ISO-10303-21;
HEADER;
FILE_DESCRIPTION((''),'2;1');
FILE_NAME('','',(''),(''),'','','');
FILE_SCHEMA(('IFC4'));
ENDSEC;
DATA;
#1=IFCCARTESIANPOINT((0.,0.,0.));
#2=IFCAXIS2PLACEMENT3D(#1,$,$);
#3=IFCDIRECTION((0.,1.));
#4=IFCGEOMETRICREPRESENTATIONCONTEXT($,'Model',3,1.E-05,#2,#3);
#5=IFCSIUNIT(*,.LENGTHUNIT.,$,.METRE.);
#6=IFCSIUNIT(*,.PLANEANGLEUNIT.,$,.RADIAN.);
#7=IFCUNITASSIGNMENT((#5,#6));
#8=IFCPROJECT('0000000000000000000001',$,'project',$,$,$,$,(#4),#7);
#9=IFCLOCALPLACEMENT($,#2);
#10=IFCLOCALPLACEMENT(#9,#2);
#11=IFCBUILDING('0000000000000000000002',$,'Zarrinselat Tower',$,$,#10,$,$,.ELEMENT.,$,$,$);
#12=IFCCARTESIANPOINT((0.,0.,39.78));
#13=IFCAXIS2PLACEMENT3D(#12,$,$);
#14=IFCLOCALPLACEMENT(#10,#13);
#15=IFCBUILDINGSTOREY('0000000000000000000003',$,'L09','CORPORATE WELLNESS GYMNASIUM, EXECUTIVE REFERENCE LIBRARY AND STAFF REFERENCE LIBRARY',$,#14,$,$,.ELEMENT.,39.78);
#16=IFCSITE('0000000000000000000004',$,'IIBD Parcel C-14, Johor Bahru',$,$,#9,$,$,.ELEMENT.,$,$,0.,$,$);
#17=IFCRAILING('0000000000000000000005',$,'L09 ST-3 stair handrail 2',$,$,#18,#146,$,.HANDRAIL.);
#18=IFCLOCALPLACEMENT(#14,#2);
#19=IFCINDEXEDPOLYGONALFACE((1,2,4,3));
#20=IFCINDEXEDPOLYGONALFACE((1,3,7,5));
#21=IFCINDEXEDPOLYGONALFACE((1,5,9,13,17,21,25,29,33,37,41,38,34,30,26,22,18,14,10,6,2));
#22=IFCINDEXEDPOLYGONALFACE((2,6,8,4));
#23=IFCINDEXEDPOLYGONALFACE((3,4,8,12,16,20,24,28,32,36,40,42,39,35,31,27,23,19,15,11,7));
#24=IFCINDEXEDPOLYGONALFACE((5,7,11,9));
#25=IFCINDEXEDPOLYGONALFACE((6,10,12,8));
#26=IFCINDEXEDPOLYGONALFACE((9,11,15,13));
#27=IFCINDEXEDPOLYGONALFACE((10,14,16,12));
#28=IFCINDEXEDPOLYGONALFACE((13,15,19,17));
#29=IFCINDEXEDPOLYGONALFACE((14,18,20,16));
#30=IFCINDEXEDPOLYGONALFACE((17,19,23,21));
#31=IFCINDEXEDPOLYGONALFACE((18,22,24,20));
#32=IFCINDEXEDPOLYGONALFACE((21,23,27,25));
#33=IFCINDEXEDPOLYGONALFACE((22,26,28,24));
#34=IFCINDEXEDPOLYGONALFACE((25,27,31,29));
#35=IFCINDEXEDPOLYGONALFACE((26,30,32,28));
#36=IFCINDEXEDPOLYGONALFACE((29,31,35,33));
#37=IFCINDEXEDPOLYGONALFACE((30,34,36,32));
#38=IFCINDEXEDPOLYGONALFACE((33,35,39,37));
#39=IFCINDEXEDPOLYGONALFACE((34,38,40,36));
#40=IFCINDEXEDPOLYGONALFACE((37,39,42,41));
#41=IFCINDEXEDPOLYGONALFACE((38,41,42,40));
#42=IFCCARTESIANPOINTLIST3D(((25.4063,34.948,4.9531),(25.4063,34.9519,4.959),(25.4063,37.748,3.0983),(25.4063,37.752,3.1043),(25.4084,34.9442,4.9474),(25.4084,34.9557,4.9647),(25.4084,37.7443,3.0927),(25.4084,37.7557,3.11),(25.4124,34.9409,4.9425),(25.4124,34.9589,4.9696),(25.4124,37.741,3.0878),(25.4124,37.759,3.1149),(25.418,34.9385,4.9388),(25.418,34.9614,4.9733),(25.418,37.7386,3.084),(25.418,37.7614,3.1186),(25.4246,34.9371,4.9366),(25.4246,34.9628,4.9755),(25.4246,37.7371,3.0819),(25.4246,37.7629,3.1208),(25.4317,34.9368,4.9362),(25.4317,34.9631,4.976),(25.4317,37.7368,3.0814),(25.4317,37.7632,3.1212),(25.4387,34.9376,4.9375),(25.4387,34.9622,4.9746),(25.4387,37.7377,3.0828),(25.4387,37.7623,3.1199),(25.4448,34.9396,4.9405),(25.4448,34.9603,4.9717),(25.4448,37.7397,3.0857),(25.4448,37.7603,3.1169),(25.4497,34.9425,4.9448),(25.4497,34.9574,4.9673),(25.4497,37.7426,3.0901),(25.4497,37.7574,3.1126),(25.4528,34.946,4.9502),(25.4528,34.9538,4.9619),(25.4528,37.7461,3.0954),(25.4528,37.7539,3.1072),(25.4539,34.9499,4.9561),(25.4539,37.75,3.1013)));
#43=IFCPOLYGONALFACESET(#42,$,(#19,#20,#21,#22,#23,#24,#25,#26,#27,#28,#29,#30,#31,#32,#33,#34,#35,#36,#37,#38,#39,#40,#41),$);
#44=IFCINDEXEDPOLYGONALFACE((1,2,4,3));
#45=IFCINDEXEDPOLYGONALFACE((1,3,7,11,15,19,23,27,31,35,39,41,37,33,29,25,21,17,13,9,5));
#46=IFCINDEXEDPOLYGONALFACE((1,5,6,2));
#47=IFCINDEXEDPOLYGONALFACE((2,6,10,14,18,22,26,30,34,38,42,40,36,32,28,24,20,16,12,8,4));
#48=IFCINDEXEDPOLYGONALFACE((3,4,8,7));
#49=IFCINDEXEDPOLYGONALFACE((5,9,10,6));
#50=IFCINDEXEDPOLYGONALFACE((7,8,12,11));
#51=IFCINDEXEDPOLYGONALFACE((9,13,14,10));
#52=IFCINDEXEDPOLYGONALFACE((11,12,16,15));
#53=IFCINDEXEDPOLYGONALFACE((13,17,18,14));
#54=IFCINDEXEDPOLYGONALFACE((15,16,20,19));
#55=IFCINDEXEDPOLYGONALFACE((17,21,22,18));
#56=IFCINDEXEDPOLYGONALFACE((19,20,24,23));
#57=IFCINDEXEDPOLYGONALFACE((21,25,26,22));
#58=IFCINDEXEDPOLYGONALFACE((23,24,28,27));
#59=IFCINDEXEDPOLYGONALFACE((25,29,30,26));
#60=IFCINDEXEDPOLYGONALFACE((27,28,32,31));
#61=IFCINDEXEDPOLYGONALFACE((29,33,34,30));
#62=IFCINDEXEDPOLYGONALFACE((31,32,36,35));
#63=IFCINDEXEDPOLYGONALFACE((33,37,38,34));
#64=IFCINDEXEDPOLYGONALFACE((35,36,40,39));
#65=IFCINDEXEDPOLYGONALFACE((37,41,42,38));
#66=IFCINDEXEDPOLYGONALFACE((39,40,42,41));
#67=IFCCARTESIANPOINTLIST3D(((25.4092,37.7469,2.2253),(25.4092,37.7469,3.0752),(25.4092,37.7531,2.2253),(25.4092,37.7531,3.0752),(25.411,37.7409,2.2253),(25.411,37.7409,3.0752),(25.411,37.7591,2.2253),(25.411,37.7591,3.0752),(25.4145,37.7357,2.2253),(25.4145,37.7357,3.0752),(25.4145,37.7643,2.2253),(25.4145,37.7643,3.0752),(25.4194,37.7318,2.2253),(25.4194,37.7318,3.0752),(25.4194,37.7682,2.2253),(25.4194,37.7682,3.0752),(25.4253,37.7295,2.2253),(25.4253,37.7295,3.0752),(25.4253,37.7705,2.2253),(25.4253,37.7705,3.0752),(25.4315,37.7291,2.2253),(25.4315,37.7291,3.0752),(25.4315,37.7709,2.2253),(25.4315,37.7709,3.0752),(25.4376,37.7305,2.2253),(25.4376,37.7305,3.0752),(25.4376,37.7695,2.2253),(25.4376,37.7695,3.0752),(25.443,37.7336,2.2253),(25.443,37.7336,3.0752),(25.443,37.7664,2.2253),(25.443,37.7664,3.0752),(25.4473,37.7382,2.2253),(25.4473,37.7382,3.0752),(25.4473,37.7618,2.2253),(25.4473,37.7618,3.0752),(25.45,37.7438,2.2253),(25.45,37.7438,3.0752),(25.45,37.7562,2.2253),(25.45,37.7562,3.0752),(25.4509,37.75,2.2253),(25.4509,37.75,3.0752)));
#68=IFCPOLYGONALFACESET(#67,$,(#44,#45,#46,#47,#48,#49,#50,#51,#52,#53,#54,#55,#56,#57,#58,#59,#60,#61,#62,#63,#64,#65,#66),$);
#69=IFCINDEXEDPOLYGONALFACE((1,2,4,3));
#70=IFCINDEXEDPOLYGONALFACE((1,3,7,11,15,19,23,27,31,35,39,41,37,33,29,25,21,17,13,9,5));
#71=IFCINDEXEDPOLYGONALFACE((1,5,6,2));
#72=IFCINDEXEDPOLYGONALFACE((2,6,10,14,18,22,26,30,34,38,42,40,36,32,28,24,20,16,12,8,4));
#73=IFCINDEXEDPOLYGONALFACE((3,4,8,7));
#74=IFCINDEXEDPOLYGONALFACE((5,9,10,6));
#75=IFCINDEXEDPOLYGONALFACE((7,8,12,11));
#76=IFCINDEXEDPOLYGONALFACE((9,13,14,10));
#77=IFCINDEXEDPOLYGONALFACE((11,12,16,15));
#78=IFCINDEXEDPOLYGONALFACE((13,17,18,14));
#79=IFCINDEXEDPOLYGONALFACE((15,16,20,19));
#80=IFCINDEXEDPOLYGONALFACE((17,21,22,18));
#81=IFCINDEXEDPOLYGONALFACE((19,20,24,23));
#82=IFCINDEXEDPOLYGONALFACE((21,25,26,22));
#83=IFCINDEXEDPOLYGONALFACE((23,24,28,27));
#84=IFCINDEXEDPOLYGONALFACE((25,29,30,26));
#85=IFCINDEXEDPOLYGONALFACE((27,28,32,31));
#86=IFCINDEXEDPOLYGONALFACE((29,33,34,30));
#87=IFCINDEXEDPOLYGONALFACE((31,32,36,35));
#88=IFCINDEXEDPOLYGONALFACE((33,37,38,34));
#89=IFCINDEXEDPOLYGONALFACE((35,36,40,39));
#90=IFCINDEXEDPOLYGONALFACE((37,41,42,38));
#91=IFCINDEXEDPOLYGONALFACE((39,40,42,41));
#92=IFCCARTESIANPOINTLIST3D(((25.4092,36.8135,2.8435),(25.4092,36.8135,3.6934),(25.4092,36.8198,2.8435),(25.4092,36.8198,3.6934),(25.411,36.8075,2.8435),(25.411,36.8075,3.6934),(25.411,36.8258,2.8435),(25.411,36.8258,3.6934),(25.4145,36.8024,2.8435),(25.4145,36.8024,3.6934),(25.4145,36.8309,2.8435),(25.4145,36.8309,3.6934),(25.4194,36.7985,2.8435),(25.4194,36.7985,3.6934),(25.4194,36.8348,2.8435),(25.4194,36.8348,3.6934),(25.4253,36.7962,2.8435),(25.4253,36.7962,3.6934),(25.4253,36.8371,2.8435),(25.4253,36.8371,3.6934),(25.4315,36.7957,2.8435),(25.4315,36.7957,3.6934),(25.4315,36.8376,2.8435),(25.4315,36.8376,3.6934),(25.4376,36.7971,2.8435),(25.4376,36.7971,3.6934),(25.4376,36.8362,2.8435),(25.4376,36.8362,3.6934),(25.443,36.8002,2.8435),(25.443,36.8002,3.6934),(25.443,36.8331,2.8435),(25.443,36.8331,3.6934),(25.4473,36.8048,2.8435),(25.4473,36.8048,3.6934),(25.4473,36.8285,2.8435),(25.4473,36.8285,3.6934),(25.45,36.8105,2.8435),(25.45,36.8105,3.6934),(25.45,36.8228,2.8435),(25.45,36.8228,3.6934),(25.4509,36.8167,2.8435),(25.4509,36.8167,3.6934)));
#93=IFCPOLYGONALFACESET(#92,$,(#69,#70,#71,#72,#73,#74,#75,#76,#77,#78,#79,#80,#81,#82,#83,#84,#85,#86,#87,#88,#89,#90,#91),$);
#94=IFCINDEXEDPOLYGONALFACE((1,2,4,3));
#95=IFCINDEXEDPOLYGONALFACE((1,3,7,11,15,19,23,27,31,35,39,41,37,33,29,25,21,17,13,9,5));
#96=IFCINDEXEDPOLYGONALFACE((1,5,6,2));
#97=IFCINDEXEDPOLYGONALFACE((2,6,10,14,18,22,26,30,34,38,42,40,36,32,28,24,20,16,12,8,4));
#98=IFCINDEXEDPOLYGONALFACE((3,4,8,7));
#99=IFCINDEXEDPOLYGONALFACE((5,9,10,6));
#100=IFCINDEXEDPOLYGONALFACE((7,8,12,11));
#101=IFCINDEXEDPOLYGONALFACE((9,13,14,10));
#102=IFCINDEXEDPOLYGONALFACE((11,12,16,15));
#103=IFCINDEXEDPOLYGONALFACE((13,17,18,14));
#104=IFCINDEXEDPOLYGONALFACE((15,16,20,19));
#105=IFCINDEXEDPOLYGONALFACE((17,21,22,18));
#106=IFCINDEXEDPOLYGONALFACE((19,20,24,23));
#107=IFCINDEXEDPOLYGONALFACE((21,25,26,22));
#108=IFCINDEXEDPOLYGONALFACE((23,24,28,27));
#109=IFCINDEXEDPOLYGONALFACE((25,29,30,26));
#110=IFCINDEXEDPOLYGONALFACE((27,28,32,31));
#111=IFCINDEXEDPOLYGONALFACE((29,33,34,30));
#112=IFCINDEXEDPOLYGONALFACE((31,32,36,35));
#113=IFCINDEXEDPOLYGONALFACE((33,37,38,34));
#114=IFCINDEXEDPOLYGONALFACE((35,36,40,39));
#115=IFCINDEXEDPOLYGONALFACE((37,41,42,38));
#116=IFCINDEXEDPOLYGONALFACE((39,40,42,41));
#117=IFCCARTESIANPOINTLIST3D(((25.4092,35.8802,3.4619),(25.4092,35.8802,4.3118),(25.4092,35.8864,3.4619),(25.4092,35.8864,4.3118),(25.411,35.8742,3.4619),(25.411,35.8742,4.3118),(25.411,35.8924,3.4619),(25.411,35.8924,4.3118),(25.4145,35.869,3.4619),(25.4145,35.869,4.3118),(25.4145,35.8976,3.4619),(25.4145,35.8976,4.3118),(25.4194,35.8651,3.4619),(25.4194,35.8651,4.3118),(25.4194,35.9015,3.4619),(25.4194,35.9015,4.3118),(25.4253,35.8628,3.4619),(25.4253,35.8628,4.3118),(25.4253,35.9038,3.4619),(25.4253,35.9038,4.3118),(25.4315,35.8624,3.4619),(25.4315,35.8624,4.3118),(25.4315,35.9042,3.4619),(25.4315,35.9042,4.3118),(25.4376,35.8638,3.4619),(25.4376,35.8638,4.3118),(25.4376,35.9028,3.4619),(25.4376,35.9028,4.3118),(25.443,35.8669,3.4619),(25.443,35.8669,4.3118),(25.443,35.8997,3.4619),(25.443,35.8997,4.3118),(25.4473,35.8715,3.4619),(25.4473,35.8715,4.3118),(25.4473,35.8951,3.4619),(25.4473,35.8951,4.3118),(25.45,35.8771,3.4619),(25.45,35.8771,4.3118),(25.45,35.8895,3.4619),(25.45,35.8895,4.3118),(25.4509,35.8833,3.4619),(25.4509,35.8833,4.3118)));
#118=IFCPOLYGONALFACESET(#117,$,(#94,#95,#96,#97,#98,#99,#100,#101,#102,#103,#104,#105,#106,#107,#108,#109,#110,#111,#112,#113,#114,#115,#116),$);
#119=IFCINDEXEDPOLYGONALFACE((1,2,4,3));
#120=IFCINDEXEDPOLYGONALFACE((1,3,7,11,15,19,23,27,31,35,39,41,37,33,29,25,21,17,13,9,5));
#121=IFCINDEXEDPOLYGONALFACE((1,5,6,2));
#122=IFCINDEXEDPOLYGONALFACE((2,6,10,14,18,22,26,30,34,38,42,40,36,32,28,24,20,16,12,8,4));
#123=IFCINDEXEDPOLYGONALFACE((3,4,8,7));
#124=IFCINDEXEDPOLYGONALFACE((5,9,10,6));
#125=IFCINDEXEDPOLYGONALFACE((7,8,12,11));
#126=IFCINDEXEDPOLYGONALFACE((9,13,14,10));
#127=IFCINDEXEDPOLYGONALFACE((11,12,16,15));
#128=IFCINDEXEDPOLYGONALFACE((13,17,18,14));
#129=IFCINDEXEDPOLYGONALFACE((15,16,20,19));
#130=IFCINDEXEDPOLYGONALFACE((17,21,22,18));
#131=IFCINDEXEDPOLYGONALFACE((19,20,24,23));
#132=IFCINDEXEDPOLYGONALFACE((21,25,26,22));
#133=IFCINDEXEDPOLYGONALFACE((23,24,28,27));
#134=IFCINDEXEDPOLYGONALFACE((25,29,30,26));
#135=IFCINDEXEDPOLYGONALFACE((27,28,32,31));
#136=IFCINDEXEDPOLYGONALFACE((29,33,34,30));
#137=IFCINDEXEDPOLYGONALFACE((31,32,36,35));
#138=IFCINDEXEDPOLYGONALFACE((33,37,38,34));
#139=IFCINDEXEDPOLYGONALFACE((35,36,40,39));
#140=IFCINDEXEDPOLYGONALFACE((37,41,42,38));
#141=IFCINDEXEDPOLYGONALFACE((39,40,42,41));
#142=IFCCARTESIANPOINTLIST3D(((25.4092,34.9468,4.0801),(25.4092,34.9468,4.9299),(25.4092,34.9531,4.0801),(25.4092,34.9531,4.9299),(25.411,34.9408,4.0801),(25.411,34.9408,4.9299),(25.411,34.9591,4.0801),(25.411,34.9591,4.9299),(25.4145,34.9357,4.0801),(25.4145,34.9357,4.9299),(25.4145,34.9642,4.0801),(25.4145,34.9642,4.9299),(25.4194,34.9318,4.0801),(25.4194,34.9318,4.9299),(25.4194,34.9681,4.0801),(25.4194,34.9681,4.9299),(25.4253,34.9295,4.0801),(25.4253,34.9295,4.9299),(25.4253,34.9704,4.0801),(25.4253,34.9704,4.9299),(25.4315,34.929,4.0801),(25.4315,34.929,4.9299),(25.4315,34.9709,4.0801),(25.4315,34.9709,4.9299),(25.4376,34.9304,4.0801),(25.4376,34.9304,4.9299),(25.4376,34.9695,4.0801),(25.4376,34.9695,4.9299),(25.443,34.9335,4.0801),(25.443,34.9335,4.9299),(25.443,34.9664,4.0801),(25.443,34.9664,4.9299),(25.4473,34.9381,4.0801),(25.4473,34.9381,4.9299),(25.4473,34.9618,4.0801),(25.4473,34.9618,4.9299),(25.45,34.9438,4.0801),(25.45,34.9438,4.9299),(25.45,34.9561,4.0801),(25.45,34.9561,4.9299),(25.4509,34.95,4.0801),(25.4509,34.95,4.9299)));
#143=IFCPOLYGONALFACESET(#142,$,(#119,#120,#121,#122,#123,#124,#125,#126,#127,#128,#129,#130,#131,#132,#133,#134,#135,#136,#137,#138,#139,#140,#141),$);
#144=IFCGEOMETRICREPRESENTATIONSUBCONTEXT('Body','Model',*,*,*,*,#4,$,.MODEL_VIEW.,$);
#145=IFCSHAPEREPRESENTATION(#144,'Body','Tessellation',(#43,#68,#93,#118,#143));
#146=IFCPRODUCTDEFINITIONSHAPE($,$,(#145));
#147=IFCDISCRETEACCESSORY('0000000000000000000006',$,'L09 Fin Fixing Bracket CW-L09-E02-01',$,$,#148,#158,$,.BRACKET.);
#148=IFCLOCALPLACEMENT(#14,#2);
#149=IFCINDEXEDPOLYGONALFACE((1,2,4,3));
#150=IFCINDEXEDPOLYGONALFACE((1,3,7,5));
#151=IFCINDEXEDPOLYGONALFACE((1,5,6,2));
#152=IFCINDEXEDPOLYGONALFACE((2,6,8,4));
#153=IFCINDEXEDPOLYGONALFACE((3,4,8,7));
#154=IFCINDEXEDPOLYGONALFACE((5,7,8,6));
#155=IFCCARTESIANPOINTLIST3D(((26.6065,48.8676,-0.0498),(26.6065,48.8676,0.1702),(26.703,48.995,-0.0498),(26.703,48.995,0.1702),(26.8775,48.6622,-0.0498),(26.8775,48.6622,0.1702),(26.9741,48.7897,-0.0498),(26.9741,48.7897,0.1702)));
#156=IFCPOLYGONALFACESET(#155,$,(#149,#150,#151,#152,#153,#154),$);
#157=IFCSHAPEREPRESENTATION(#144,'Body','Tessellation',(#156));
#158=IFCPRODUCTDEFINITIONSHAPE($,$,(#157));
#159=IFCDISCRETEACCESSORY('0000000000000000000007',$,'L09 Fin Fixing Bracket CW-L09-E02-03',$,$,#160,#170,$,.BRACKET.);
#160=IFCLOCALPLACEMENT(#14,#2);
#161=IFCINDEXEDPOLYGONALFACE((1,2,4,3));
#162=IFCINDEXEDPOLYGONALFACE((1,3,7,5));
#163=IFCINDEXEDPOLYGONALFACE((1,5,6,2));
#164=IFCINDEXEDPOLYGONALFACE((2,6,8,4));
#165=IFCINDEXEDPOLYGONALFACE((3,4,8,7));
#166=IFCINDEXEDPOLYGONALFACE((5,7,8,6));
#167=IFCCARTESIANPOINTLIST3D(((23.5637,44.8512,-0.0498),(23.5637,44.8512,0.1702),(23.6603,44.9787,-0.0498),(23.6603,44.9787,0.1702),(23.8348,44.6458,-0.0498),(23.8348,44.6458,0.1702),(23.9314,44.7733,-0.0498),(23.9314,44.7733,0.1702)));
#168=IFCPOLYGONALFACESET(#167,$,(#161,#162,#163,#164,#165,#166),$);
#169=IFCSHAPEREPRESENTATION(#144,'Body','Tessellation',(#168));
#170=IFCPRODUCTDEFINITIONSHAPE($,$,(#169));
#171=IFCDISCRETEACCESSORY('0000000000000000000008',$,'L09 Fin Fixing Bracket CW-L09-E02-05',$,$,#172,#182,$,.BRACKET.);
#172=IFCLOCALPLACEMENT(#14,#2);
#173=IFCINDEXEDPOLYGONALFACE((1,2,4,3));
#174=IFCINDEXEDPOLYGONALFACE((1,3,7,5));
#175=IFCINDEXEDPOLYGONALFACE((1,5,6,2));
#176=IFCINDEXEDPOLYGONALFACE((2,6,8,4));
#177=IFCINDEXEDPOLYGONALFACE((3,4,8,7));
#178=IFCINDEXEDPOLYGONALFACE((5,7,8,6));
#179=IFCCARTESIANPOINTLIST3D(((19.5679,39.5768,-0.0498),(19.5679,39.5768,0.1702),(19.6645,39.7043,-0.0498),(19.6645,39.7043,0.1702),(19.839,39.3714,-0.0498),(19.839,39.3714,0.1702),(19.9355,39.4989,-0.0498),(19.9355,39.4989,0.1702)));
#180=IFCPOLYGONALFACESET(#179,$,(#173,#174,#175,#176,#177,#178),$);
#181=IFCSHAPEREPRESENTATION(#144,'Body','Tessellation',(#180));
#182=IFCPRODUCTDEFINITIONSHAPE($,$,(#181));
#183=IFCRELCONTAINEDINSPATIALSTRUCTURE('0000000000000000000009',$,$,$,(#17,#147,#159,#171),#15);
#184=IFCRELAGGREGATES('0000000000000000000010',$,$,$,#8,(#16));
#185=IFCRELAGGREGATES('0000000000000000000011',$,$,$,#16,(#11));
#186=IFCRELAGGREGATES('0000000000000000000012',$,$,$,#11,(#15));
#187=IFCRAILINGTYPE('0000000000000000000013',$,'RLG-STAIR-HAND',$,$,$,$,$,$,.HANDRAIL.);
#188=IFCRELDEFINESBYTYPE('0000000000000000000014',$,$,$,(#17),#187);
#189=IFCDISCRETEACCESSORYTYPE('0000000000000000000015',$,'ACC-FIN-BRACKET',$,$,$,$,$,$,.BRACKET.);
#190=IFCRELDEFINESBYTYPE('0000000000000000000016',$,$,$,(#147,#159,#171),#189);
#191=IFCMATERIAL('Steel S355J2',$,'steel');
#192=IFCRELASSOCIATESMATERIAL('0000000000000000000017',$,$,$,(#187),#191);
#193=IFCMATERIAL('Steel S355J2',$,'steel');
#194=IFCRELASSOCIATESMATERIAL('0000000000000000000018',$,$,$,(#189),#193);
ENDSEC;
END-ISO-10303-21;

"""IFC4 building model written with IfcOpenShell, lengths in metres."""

from ifc_helpers import new_model, si_unit, direction, frame, origin, origin_2d, place, context, subcontext, project, spatial, rectangle, circle, extrude, material, type_object, element, save


model = new_model("IFC4")

# Units and contexts
model_context = context("Model", 3, precision=1e-05, world=origin(), true_north=direction((0.0, 1.0)))
body_context = subcontext(model_context, "Body", "Model", "MODEL_VIEW")
ifc_project = project(units=[si_unit("LENGTHUNIT", "METRE"), si_unit("PLANEANGLEUNIT", "RADIAN")], contexts=[model_context])

# Site, building, storey
site_placement = place(None, origin())
site = spatial("IfcSite", under=ifc_project, at=site_placement, Name="IIBD Parcel C-14, Johor Bahru", CompositionType="ELEMENT", RefElevation=0.0)
building_placement = place(site_placement, origin())
building = spatial("IfcBuilding", under=site, at=building_placement, Name="Zarrinselat Tower", CompositionType="ELEMENT")
storey_placement = place(building_placement, frame((0.0, 0.0, 39.78)))
storey = spatial("IfcBuildingStorey", under=building, at=storey_placement, Name="L09", Description="CORPORATE WELLNESS GYMNASIUM, EXECUTIVE REFERENCE LIBRARY AND STAFF REFERENCE LIBRARY", CompositionType="ELEMENT", Elevation=39.78)

# Railing
ifc_material_1 = material(Name="Steel S355J2", Category="steel")
railing_type_1 = type_object("IfcRailingType", Name="RLG-STAIR-HAND", PredefinedType="HANDRAIL", material=ifc_material_1)
railing_1_placement = place(storey_placement, frame((25.4299, 37.75, 2.2253)))
element("IfcRailing", 1, at=railing_1_placement, inside=storey, type_object=railing_type_1, Name="L09 ST-3 stair handrail 2", PredefinedType="HANDRAIL", context=body_context, shape_type="SweptSolid", body=[
    extrude(circle(Radius=0.0239, at=origin_2d()), frame((0.0, 0.0, 0.876), z_axis=(0.0, -0.833691, 0.552232), x_axis=(1.0, 0.0, 0.0)), (0.0, 0.0, 1.0), 3.3586),
    extrude(circle(Radius=0.021, at=origin_2d()), origin(), (0.0, 0.0, 1.0), 0.8499),
    extrude(circle(Radius=0.021, at=origin_2d()), frame((0.0, -0.9333, 0.6182)), (0.0, 0.0, 1.0), 0.8499),
    extrude(circle(Radius=0.021, at=origin_2d()), frame((0.0, -1.8667, 1.2366)), (0.0, 0.0, 1.0), 0.8499),
    extrude(circle(Radius=0.021, at=origin_2d()), frame((0.0, -2.8, 1.8547)), (0.0, 0.0, 1.0), 0.8499),
])

# Discrete accessories
ifc_material_2 = material(Name="Steel S355J2", Category="steel")
discrete_accessory_type = type_object("IfcDiscreteAccessoryType", Name="ACC-FIN-BRACKET", PredefinedType="BRACKET", material=ifc_material_2)
for number, where, z_axis, x_axis, name in (
    (2, (26.7903, 48.8286, -0.0498), (0.0, 0.0, 1.0), (-0.797093, 0.603857, 0.0), "L09 Fin Fixing Bracket CW-L09-E02-01"),
    (3, (23.7476, 44.8123, -0.0498), (0.0, 0.0, 1.0), (-0.797093, 0.603857, 0.0), "L09 Fin Fixing Bracket CW-L09-E02-03"),
    (4, (19.7517, 39.5378, -0.0498), (0.0, 0.0, 1.0), (-0.797093, 0.603857, 0.0), "L09 Fin Fixing Bracket CW-L09-E02-05"),
):
    element("IfcDiscreteAccessory", number, at=place(storey_placement, frame(where, z_axis=z_axis, x_axis=x_axis)), inside=storey, type_object=discrete_accessory_type, Name=name, PredefinedType="BRACKET", context=body_context, shape_type="SweptSolid", body=[
        extrude(rectangle(XDim=0.3401, YDim=0.1599, at=origin_2d()), origin(), (0.0, 0.0, 1.0), 0.22),
    ])

save(model, "model.ifc")
